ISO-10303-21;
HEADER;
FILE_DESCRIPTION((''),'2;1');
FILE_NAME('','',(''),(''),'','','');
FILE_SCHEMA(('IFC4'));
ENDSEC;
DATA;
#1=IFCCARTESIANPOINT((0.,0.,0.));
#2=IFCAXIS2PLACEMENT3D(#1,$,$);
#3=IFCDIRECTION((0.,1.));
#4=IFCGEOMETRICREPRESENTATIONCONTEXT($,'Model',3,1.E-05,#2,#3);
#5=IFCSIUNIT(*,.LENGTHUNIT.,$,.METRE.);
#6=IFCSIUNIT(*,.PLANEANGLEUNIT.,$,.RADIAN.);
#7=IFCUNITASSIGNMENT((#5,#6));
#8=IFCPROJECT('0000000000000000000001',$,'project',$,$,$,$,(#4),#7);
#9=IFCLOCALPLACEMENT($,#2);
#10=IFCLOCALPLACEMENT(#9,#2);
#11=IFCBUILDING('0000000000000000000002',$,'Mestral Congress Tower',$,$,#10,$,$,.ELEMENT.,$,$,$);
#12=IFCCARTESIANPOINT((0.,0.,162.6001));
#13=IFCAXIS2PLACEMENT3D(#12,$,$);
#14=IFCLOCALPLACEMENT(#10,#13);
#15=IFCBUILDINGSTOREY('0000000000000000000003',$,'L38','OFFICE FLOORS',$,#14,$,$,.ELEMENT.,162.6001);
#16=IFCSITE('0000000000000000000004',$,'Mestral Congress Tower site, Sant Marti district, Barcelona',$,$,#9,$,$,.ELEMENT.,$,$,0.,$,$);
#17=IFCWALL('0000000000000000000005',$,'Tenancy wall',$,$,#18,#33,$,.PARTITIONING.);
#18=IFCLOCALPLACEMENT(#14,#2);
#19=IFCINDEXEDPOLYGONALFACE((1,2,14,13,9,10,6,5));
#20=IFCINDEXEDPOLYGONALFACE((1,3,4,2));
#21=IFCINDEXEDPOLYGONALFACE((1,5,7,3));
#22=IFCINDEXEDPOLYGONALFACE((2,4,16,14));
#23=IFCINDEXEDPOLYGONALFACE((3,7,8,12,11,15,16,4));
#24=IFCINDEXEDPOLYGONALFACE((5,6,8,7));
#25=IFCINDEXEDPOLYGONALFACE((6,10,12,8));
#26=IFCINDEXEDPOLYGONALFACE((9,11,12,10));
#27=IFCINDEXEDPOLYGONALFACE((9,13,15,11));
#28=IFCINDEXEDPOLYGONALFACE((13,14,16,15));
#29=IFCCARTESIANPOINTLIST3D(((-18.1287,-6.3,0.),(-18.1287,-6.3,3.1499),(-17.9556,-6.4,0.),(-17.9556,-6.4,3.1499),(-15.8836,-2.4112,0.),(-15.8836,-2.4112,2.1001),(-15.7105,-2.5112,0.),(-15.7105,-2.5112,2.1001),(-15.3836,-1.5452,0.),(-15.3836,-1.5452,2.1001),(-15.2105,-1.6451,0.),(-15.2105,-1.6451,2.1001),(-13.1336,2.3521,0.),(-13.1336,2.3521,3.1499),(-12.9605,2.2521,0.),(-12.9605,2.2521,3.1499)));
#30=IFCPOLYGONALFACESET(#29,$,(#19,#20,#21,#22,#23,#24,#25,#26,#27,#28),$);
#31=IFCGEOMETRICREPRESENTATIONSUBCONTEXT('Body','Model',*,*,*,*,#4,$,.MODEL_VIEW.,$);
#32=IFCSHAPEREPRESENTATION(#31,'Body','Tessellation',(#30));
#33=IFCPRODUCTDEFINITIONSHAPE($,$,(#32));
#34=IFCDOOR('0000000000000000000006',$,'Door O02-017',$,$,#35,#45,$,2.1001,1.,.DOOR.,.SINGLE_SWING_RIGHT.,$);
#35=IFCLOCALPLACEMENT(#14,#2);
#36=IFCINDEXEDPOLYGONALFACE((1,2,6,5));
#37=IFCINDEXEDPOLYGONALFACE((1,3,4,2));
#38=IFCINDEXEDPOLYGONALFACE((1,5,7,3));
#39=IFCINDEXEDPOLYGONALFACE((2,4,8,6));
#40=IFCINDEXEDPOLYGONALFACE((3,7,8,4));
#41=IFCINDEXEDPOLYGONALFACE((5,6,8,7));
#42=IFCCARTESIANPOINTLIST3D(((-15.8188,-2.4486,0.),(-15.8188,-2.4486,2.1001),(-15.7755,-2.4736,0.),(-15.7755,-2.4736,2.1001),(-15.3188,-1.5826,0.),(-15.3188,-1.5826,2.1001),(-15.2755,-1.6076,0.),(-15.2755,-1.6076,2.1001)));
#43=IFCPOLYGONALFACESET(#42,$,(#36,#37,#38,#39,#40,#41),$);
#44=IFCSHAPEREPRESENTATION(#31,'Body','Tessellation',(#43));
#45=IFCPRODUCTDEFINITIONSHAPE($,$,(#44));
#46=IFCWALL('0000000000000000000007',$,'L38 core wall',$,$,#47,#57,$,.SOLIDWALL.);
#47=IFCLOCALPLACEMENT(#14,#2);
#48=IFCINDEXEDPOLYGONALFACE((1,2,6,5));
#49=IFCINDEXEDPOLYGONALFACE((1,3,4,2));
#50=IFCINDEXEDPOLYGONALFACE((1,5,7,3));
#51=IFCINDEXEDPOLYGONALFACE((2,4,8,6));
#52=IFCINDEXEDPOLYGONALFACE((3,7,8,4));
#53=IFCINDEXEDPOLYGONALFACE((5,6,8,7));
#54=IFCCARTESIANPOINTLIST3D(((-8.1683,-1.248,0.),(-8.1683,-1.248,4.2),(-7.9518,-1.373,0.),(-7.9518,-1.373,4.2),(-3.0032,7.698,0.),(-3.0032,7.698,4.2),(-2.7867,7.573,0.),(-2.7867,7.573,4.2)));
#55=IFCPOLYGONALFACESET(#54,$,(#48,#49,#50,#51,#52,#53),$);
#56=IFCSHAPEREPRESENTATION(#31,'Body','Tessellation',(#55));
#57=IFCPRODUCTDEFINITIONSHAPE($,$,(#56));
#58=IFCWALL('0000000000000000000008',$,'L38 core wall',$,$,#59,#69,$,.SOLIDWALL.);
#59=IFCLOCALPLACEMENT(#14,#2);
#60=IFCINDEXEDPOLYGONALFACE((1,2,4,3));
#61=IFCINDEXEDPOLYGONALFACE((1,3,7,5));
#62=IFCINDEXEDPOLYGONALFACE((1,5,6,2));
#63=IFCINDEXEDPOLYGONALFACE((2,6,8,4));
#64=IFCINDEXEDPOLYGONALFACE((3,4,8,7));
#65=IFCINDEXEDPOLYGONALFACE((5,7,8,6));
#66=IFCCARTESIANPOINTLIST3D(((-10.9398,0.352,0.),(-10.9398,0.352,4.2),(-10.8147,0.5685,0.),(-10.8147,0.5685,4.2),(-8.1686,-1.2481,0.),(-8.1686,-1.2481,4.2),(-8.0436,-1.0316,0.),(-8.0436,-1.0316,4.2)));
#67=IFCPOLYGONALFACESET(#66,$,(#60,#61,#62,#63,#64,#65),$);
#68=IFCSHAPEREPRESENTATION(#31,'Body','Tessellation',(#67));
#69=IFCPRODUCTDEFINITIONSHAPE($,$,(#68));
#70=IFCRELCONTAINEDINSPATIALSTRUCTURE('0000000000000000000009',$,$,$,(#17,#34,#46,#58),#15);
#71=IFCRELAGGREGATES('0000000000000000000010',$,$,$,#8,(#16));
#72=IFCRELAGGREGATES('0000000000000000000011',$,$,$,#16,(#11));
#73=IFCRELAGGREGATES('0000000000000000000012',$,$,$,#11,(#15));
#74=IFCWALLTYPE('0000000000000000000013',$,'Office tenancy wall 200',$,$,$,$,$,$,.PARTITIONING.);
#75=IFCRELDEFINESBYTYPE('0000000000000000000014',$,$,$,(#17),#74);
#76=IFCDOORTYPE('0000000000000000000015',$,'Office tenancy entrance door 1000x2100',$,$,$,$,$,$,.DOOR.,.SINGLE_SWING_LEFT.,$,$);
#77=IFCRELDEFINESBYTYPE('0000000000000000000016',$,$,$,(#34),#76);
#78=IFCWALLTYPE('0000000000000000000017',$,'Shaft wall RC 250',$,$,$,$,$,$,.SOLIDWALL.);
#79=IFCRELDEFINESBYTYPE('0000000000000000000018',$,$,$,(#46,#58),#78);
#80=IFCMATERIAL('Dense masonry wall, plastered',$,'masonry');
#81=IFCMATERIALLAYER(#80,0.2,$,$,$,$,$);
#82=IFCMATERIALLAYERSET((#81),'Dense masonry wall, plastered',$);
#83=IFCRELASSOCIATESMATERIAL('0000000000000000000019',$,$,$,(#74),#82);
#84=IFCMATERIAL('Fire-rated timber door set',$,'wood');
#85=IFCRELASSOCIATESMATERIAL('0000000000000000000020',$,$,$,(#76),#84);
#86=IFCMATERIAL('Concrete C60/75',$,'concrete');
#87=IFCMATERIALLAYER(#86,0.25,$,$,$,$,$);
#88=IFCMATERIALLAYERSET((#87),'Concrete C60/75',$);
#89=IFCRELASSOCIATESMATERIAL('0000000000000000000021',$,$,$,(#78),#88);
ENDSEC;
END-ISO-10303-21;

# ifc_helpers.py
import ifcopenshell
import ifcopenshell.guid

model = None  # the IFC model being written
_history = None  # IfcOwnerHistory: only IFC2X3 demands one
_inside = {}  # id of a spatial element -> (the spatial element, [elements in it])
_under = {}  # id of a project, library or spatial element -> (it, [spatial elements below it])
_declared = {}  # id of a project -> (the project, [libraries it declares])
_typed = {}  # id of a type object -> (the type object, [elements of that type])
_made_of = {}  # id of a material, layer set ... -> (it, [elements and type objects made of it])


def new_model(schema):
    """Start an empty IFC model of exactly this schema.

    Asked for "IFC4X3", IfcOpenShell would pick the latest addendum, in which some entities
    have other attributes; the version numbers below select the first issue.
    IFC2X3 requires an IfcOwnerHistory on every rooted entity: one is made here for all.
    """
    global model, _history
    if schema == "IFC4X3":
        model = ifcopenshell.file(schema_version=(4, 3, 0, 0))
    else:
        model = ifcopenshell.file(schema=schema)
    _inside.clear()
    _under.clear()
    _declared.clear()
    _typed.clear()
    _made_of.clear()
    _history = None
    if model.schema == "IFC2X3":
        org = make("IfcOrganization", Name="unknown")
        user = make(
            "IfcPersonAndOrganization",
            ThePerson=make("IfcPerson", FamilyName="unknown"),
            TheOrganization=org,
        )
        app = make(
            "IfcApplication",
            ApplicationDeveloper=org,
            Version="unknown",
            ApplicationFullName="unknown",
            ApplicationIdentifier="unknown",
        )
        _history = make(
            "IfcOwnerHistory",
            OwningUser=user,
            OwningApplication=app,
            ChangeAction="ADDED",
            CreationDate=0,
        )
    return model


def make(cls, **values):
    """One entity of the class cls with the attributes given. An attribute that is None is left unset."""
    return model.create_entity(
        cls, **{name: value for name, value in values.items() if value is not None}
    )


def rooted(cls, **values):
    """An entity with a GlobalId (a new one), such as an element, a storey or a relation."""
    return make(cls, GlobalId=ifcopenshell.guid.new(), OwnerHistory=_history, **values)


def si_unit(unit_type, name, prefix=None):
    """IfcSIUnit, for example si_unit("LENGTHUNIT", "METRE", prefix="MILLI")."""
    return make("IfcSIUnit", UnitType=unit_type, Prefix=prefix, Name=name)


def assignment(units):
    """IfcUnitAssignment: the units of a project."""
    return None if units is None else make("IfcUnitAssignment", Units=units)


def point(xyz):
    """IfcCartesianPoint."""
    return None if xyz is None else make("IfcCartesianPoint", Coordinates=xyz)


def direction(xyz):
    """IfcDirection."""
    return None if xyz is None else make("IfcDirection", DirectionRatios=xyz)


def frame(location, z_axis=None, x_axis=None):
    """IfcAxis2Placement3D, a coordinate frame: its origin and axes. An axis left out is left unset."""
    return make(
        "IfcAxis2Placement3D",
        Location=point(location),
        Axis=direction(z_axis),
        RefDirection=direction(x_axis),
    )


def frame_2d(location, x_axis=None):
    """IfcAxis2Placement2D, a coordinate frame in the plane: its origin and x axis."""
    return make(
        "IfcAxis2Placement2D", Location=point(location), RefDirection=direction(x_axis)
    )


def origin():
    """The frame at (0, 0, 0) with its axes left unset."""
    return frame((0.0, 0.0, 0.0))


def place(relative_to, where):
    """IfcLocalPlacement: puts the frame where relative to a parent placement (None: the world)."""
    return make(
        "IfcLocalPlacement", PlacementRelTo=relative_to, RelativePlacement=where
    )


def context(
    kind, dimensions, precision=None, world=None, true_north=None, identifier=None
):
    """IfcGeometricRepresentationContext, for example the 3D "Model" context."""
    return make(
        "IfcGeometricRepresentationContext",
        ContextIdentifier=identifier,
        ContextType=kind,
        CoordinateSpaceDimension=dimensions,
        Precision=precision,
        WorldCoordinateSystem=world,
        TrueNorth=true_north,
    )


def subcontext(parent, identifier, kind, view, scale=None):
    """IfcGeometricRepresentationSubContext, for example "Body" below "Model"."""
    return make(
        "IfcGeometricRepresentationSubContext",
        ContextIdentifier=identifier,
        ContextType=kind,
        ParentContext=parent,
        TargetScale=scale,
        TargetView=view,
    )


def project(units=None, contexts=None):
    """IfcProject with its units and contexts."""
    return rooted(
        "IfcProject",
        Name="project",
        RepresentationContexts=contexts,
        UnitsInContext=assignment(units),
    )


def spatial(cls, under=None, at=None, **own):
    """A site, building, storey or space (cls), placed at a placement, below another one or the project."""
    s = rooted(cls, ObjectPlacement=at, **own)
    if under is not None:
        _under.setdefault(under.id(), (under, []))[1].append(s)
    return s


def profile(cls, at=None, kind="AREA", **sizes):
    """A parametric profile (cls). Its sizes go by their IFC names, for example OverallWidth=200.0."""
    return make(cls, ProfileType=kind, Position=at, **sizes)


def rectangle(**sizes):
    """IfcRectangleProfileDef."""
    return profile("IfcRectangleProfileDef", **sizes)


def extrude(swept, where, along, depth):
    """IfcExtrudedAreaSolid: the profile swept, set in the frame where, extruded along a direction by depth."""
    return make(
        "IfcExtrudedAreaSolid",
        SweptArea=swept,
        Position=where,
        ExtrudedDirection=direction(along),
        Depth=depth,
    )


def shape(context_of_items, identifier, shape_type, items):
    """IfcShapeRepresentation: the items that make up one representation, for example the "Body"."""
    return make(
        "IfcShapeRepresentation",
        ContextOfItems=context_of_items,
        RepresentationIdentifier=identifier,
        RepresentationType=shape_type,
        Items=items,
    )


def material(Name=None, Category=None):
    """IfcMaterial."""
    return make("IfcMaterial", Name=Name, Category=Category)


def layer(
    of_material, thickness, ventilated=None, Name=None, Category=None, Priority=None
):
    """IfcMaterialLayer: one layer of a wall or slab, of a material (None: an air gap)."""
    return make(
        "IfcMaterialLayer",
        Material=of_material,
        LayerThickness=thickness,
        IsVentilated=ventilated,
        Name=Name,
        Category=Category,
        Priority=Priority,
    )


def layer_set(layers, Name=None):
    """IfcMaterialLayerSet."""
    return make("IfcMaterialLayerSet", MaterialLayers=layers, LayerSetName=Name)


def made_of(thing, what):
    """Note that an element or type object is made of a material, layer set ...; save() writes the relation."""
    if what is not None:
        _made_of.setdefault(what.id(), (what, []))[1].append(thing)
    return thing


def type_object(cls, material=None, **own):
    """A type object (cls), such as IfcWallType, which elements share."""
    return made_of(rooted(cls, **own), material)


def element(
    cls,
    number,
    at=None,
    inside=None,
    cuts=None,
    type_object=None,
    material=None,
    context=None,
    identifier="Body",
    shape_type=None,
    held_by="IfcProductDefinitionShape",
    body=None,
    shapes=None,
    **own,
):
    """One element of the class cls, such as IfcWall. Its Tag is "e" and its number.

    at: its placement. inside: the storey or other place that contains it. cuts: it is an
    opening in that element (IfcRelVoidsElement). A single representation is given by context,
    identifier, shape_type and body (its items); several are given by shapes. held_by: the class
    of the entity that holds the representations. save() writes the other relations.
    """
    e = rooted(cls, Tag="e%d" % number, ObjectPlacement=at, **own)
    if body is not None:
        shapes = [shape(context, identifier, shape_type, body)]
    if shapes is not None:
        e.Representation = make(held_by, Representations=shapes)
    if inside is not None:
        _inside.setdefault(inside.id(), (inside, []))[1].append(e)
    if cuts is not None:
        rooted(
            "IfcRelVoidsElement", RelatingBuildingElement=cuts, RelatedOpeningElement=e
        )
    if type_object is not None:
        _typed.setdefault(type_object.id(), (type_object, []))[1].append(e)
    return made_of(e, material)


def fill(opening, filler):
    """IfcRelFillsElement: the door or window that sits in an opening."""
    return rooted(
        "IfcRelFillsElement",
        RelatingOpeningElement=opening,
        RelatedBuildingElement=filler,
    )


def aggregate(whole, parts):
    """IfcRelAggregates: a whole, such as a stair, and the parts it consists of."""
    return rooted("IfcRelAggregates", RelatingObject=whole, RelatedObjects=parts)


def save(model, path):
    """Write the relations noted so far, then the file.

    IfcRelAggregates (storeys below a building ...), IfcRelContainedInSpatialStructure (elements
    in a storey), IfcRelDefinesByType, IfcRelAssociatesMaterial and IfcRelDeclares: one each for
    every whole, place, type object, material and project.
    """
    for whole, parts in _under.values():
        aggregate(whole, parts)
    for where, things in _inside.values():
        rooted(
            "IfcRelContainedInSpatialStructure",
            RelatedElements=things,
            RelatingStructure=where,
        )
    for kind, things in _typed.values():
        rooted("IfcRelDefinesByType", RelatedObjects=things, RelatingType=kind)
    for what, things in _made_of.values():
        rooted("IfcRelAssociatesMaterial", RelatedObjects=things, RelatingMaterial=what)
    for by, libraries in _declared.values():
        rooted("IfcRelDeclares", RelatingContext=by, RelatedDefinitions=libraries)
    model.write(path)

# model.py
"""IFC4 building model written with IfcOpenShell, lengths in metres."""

from ifc_helpers import new_model, si_unit, direction, frame, frame_2d, origin, place, context, subcontext, project, spatial, rectangle, extrude, material, layer, layer_set, type_object, element, fill, save


model = new_model("IFC4")

# Units and contexts
model_context = context("Model", 3, precision=1e-05, world=origin(), true_north=direction((0.0, 1.0)))
body_context = subcontext(model_context, "Body", "Model", "MODEL_VIEW")
ifc_project = project(units=[si_unit("LENGTHUNIT", "METRE"), si_unit("PLANEANGLEUNIT", "RADIAN")], contexts=[model_context])

# Site, building, storey
site_placement = place(None, origin())
site = spatial("IfcSite", under=ifc_project, at=site_placement, Name="Mestral Congress Tower site, Sant Marti district, Barcelona", CompositionType="ELEMENT", RefElevation=0.0)
building_placement = place(site_placement, origin())
building = spatial("IfcBuilding", under=site, at=building_placement, Name="Mestral Congress Tower", CompositionType="ELEMENT")
storey_placement = place(building_placement, frame((0.0, 0.0, 162.6001)))
storey = spatial("IfcBuildingStorey", under=building, at=storey_placement, Name="L38", Description="OFFICE FLOORS", CompositionType="ELEMENT", Elevation=162.6001)

# Shared definitions
ifc_material_1 = material(Name="Concrete C60/75", Category="concrete")

# Shared definitions
ifc_material_2 = material(Name="Dense masonry wall, plastered", Category="masonry")
ifc_layer_1 = layer(ifc_material_2, 0.2)
ifc_layer_set_1 = layer_set([ifc_layer_1], Name="Dense masonry wall, plastered")
wall_type_1 = type_object("IfcWallType", Name="Office tenancy wall 200", PredefinedType="PARTITIONING", material=ifc_layer_set_1)

# Wall, opening, door
wall_1_placement = place(storey_placement, frame((-13.0471, 2.302, 0.0), z_axis=(0.0, 0.0, 1.0), x_axis=(-0.499987, -0.866033, 0.0)))
wall_1 = element("IfcWall", 1, at=wall_1_placement, inside=storey, type_object=wall_type_1, Name="Tenancy wall", PredefinedType="PARTITIONING", context=body_context, shape_type="SweptSolid", body=[
    extrude(rectangle(XDim=9.9905, YDim=0.2, at=frame_2d((4.9951, 0.0))), origin(), (0.0, 0.0, 1.0), 3.1499),
])
opening_1_placement = place(wall_1_placement, frame((4.5, 0.0, 0.0)))
opening_1 = element("IfcOpeningElement", 2, at=opening_1_placement, cuts=wall_1, PredefinedType="OPENING", context=body_context, shape_type="SweptSolid", body=[
    extrude(rectangle(XDim=1.0, YDim=2.1001, at=frame_2d((0.5, 1.05))), frame((0.0, 0.1099, 0.0), z_axis=(0.0, -1.0, 0.0), x_axis=(1.0, 0.0, 0.0)), (0.0, 0.0, 1.0), 0.22),
])
ifc_material_3 = material(Name="Fire-rated timber door set", Category="wood")
door_type_1 = type_object("IfcDoorType", Name="Office tenancy entrance door 1000x2100", OperationType="SINGLE_SWING_LEFT", PredefinedType="DOOR", material=ifc_material_3)
door_1_placement = place(opening_1_placement, origin())
door_1 = element("IfcDoor", 3, at=door_1_placement, inside=storey, type_object=door_type_1, Name="Door O02-017", OperationType="SINGLE_SWING_RIGHT", OverallHeight=2.1001, OverallWidth=1.0, PredefinedType="DOOR", context=body_context, shape_type="SweptSolid", body=[
    extrude(rectangle(XDim=1.0, YDim=2.1001, at=frame_2d((0.5, 1.05))), frame((0.0, 0.0249, 0.0), z_axis=(0.0, -1.0, 0.0), x_axis=(1.0, 0.0, 0.0)), (0.0, 0.0, 1.0), 0.05),
])
fill(opening_1, door_1)

# Walls
ifc_layer_2 = layer(ifc_material_1, 0.25)
ifc_layer_set_2 = layer_set([ifc_layer_2], Name="Concrete C60/75")
wall_type_2 = type_object("IfcWallType", Name="Shaft wall RC 250", PredefinedType="SOLIDWALL", material=ifc_layer_set_2)
wall_2_placement = place(storey_placement, frame((-8.0601, -1.3105, 0.0), z_axis=(0.0, 0.0, 1.0), x_axis=(0.500003, 0.866024, 0.0)))
element("IfcWall", 4, at=wall_2_placement, inside=storey, type_object=wall_type_2, Name="L38 core wall", PredefinedType="SOLIDWALL", context=body_context, shape_type="SweptSolid", body=[
    extrude(rectangle(XDim=10.3301, YDim=0.25, at=frame_2d((5.165, 0.0))), origin(), (0.0, 0.0, 1.0), 4.2),
])
wall_3_placement = place(storey_placement, frame((-8.106, -1.1399, 0.0), z_axis=(0.0, 0.0, 1.0), x_axis=(-0.866009, 0.500028, 0.0)))
element("IfcWall", 5, at=wall_3_placement, inside=storey, type_object=wall_type_2, Name="L38 core wall", PredefinedType="SOLIDWALL", context=body_context, shape_type="SweptSolid", body=[
    extrude(rectangle(XDim=3.2, YDim=0.25, at=frame_2d((1.6001, 0.0))), origin(), (0.0, 0.0, 1.0), 4.2),
])

save(model, "model.ifc")
